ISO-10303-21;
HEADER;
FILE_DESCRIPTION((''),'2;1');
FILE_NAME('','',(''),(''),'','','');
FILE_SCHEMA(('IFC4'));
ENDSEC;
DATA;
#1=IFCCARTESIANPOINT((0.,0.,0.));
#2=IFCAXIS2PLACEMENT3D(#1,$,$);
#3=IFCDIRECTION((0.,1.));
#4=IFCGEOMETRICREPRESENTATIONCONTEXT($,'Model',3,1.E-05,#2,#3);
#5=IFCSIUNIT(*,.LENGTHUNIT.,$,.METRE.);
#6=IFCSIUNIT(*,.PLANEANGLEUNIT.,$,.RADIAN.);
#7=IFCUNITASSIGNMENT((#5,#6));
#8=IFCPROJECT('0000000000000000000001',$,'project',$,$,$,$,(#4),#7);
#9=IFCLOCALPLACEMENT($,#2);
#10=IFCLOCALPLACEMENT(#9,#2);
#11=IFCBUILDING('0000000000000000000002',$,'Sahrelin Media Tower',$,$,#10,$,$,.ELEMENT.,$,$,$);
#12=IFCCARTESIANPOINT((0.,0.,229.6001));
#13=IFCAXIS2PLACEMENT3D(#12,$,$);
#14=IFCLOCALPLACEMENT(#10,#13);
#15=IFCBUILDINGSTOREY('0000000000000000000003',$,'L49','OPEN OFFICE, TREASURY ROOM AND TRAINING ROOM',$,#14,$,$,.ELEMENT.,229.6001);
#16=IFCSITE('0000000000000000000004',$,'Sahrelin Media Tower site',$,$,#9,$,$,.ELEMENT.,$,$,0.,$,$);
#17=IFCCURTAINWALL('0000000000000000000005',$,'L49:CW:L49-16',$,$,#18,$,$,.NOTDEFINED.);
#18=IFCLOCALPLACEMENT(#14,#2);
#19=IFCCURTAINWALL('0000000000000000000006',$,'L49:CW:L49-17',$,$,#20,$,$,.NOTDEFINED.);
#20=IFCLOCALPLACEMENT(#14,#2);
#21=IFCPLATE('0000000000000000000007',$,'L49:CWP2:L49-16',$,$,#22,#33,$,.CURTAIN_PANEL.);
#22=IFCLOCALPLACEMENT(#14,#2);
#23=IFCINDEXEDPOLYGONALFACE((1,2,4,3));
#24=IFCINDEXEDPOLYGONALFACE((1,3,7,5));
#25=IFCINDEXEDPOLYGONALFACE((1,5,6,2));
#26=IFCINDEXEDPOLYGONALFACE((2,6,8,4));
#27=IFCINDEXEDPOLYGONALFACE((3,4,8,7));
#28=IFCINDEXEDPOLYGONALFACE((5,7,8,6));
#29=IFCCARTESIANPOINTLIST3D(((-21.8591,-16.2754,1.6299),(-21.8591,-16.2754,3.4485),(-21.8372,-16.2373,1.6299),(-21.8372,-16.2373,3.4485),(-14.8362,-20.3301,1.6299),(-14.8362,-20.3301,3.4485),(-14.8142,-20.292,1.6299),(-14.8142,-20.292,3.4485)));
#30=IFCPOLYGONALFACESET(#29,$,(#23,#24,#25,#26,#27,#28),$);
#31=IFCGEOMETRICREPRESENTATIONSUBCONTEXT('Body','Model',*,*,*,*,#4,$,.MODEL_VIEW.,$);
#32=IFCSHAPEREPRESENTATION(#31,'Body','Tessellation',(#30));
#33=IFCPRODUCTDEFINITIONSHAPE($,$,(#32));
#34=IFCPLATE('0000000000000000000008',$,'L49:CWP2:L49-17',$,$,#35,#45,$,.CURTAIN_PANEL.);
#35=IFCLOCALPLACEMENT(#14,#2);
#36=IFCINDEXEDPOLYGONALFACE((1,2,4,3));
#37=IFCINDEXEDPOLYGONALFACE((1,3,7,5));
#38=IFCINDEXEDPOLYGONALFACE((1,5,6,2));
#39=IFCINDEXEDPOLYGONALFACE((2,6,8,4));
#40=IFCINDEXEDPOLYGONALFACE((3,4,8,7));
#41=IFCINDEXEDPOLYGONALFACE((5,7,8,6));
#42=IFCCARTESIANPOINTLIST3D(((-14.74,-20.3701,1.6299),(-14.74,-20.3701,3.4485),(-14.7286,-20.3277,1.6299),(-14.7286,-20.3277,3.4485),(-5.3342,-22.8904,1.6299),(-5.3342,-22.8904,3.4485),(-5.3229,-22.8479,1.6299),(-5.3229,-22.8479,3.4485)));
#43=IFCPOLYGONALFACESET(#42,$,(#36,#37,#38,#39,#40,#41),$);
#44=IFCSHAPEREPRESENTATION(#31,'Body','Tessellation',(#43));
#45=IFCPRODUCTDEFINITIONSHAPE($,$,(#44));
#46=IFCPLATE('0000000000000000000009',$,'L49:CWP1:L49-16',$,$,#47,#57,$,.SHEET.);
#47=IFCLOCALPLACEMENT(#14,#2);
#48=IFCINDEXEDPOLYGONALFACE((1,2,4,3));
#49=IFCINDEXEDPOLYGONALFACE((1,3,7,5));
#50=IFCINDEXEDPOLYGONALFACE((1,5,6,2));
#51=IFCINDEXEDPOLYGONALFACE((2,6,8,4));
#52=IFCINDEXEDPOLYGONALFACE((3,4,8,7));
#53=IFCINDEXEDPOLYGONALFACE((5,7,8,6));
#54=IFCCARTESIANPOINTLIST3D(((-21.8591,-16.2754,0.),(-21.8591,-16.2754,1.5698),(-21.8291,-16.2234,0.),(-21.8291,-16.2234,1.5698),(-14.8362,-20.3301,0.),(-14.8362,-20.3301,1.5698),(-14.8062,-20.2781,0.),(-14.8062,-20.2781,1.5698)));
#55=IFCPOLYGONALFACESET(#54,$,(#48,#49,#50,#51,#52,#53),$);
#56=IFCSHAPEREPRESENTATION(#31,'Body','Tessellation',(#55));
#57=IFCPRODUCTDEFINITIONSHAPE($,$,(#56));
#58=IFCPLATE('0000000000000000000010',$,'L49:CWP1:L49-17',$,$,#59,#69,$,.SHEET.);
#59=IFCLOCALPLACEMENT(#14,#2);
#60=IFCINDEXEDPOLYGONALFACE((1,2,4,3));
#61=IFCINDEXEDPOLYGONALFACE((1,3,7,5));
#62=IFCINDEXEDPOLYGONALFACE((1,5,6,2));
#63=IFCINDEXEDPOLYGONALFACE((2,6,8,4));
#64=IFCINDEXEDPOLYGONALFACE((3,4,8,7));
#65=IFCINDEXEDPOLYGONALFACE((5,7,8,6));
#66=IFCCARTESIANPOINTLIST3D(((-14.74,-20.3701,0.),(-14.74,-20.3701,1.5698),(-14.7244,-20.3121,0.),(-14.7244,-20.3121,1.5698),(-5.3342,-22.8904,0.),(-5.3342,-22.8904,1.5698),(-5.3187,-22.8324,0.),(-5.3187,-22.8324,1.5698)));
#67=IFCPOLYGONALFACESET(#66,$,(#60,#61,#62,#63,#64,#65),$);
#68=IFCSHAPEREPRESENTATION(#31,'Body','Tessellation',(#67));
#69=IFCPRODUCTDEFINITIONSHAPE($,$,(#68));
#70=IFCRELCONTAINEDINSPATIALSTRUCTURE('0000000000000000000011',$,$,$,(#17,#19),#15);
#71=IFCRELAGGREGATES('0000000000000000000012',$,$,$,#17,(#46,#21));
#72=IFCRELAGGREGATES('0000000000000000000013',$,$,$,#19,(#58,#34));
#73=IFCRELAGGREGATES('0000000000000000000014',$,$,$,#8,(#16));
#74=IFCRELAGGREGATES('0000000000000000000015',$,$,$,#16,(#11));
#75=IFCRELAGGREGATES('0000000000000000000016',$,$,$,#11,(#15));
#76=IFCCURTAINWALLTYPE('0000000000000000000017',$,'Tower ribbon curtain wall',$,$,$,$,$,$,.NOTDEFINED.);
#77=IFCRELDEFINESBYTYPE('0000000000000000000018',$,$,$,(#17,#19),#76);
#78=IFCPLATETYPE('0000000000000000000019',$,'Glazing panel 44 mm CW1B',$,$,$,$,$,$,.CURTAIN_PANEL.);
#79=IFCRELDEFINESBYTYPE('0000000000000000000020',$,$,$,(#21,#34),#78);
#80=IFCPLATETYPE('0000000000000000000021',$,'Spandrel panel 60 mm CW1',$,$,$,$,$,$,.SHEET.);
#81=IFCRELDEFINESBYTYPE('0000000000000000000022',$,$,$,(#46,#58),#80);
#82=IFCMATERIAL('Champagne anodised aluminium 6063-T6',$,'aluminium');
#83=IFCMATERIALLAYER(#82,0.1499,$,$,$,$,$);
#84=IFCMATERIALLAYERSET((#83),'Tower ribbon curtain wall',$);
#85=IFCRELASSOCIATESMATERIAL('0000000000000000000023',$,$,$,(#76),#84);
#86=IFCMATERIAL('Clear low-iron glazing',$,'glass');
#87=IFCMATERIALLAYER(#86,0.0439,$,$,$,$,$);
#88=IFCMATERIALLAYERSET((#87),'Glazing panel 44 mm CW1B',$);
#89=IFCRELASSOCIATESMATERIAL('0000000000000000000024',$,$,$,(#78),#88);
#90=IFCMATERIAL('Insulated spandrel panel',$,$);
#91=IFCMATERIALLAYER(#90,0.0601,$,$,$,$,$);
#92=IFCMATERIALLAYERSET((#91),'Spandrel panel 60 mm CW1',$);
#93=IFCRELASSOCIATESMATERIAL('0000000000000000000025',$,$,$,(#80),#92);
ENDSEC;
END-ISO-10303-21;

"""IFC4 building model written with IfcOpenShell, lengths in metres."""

from ifc_helpers import new_model, si_unit, direction, frame, origin, place, context, subcontext, project, spatial, polyline, outline, extrude, material, layer, layer_set, type_object, element, aggregate, save


model = new_model("IFC4")

# Units and contexts
model_context = context("Model", 3, precision=1e-05, world=origin(), true_north=direction((0.0, 1.0)))
body_context = subcontext(model_context, "Body", "Model", "MODEL_VIEW")
ifc_project = project(units=[si_unit("LENGTHUNIT", "METRE"), si_unit("PLANEANGLEUNIT", "RADIAN")], contexts=[model_context])

# Site, building, storey
site_placement = place(None, origin())
site = spatial("IfcSite", under=ifc_project, at=site_placement, Name="Sahrelin Media Tower site", CompositionType="ELEMENT", RefElevation=0.0)
building_placement = place(site_placement, origin())
building = spatial("IfcBuilding", under=site, at=building_placement, Name="Sahrelin Media Tower", CompositionType="ELEMENT")
storey_placement = place(building_placement, frame((0.0, 0.0, 229.6001)))
storey = spatial("IfcBuildingStorey", under=building, at=storey_placement, Name="L49", Description="OPEN OFFICE, TREASURY ROOM AND TRAINING ROOM", CompositionType="ELEMENT", Elevation=229.6001)

# Curtain wall
ifc_material_1 = material(Name="Champagne anodised aluminium 6063-T6", Category="aluminium")
ifc_layer_1 = layer(ifc_material_1, 0.1499)
ifc_layer_set_1 = layer_set([ifc_layer_1], Name="Tower ribbon curtain wall")
curtain_wall_type = type_object("IfcCurtainWallType", Name="Tower ribbon curtain wall", PredefinedType="NOTDEFINED", material=ifc_layer_set_1)
curtain_wall_1_placement = place(storey_placement, frame((-18.3376, -18.2856, 0.0), z_axis=(0.0, 0.0, 1.0), x_axis=(1.0, 0.0, 0.0)))
curtain_wall_1 = element("IfcCurtainWall", 1, at=curtain_wall_1_placement, inside=storey, type_object=curtain_wall_type, Name="L49:CW:L49-16", PredefinedType="NOTDEFINED")

# Curtain wall
curtain_wall_2_placement = place(storey_placement, frame((-10.032, -21.6108, 0.0), z_axis=(0.0, 0.0, 1.0), x_axis=(1.0, 0.0, 0.0)))
curtain_wall_2 = element("IfcCurtainWall", 2, at=curtain_wall_2_placement, inside=storey, type_object=curtain_wall_type, Name="L49:CW:L49-17", PredefinedType="NOTDEFINED")

# Plates
ifc_material_2 = material(Name="Clear low-iron glazing", Category="glass")
ifc_layer_2 = layer(ifc_material_2, 0.0439)
ifc_layer_set_2 = layer_set([ifc_layer_2], Name="Glazing panel 44 mm CW1B")
plate_type_1 = type_object("IfcPlateType", Name="Glazing panel 44 mm CW1B", PredefinedType="CURTAIN_PANEL", material=ifc_layer_set_2)
plate_1_placement = place(storey_placement, frame((-21.8591, -16.2754, 1.6299), z_axis=(-0.499999, -0.866026, 0.0), x_axis=(0.866026, -0.499999, 0.0)))
plate_1 = element("IfcPlate", 3, at=plate_1_placement, type_object=plate_type_1, Name="L49:CWP2:L49-16", PredefinedType="CURTAIN_PANEL", context=body_context, shape_type="SweptSolid", body=[
    extrude(outline(polyline([(0.0, 0.0), (8.1094, 0.0), (8.1094, 1.8186), (0.0, 1.8186), (0.0, 0.0)])), origin(), (0.0, 0.0, -1.0), 0.0439),
])
plate_2_placement = place(storey_placement, frame((-14.74, -20.3701, 1.6299), z_axis=(-0.258819, -0.965926, 0.0), x_axis=(0.965926, -0.258819, 0.0)))
plate_2 = element("IfcPlate", 4, at=plate_2_placement, type_object=plate_type_1, Name="L49:CWP2:L49-17", PredefinedType="CURTAIN_PANEL", context=body_context, shape_type="SweptSolid", body=[
    extrude(outline(polyline([(0.0, 0.0), (9.7375, 0.0), (9.7375, 1.8186), (0.0, 1.8186), (0.0, 0.0)])), origin(), (0.0, 0.0, -1.0), 0.0439),
])
ifc_material_3 = material(Name="Insulated spandrel panel")
ifc_layer_3 = layer(ifc_material_3, 0.0601)
ifc_layer_set_3 = layer_set([ifc_layer_3], Name="Spandrel panel 60 mm CW1")
plate_type_2 = type_object("IfcPlateType", Name="Spandrel panel 60 mm CW1", PredefinedType="SHEET", material=ifc_layer_set_3)
plate_3_placement = place(storey_placement, frame((-21.8591, -16.2754, 0.0), z_axis=(-0.499999, -0.866026, 0.0), x_axis=(0.866026, -0.499999, 0.0)))
plate_3 = element("IfcPlate", 5, at=plate_3_placement, type_object=plate_type_2, Name="L49:CWP1:L49-16", PredefinedType="SHEET", context=body_context, shape_type="SweptSolid", body=[
    extrude(outline(polyline([(0.0, 0.0), (8.1094, 0.0), (8.1094, 1.5698), (0.0, 1.5698), (0.0, 0.0)])), origin(), (0.0, 0.0, -1.0), 0.0601),
])
aggregate(curtain_wall_1, [plate_3, plate_1])
plate_4_placement = place(storey_placement, frame((-14.74, -20.3701, 0.0), z_axis=(-0.258819, -0.965926, 0.0), x_axis=(0.965926, -0.258819, 0.0)))
plate_4 = element("IfcPlate", 6, at=plate_4_placement, type_object=plate_type_2, Name="L49:CWP1:L49-17", PredefinedType="SHEET", context=body_context, shape_type="SweptSolid", body=[
    extrude(outline(polyline([(0.0, 0.0), (9.7375, 0.0), (9.7375, 1.5698), (0.0, 1.5698), (0.0, 0.0)])), origin(), (0.0, 0.0, -1.0), 0.0601),
])
aggregate(curtain_wall_2, [plate_4, plate_2])

save(model, "model.ifc")
